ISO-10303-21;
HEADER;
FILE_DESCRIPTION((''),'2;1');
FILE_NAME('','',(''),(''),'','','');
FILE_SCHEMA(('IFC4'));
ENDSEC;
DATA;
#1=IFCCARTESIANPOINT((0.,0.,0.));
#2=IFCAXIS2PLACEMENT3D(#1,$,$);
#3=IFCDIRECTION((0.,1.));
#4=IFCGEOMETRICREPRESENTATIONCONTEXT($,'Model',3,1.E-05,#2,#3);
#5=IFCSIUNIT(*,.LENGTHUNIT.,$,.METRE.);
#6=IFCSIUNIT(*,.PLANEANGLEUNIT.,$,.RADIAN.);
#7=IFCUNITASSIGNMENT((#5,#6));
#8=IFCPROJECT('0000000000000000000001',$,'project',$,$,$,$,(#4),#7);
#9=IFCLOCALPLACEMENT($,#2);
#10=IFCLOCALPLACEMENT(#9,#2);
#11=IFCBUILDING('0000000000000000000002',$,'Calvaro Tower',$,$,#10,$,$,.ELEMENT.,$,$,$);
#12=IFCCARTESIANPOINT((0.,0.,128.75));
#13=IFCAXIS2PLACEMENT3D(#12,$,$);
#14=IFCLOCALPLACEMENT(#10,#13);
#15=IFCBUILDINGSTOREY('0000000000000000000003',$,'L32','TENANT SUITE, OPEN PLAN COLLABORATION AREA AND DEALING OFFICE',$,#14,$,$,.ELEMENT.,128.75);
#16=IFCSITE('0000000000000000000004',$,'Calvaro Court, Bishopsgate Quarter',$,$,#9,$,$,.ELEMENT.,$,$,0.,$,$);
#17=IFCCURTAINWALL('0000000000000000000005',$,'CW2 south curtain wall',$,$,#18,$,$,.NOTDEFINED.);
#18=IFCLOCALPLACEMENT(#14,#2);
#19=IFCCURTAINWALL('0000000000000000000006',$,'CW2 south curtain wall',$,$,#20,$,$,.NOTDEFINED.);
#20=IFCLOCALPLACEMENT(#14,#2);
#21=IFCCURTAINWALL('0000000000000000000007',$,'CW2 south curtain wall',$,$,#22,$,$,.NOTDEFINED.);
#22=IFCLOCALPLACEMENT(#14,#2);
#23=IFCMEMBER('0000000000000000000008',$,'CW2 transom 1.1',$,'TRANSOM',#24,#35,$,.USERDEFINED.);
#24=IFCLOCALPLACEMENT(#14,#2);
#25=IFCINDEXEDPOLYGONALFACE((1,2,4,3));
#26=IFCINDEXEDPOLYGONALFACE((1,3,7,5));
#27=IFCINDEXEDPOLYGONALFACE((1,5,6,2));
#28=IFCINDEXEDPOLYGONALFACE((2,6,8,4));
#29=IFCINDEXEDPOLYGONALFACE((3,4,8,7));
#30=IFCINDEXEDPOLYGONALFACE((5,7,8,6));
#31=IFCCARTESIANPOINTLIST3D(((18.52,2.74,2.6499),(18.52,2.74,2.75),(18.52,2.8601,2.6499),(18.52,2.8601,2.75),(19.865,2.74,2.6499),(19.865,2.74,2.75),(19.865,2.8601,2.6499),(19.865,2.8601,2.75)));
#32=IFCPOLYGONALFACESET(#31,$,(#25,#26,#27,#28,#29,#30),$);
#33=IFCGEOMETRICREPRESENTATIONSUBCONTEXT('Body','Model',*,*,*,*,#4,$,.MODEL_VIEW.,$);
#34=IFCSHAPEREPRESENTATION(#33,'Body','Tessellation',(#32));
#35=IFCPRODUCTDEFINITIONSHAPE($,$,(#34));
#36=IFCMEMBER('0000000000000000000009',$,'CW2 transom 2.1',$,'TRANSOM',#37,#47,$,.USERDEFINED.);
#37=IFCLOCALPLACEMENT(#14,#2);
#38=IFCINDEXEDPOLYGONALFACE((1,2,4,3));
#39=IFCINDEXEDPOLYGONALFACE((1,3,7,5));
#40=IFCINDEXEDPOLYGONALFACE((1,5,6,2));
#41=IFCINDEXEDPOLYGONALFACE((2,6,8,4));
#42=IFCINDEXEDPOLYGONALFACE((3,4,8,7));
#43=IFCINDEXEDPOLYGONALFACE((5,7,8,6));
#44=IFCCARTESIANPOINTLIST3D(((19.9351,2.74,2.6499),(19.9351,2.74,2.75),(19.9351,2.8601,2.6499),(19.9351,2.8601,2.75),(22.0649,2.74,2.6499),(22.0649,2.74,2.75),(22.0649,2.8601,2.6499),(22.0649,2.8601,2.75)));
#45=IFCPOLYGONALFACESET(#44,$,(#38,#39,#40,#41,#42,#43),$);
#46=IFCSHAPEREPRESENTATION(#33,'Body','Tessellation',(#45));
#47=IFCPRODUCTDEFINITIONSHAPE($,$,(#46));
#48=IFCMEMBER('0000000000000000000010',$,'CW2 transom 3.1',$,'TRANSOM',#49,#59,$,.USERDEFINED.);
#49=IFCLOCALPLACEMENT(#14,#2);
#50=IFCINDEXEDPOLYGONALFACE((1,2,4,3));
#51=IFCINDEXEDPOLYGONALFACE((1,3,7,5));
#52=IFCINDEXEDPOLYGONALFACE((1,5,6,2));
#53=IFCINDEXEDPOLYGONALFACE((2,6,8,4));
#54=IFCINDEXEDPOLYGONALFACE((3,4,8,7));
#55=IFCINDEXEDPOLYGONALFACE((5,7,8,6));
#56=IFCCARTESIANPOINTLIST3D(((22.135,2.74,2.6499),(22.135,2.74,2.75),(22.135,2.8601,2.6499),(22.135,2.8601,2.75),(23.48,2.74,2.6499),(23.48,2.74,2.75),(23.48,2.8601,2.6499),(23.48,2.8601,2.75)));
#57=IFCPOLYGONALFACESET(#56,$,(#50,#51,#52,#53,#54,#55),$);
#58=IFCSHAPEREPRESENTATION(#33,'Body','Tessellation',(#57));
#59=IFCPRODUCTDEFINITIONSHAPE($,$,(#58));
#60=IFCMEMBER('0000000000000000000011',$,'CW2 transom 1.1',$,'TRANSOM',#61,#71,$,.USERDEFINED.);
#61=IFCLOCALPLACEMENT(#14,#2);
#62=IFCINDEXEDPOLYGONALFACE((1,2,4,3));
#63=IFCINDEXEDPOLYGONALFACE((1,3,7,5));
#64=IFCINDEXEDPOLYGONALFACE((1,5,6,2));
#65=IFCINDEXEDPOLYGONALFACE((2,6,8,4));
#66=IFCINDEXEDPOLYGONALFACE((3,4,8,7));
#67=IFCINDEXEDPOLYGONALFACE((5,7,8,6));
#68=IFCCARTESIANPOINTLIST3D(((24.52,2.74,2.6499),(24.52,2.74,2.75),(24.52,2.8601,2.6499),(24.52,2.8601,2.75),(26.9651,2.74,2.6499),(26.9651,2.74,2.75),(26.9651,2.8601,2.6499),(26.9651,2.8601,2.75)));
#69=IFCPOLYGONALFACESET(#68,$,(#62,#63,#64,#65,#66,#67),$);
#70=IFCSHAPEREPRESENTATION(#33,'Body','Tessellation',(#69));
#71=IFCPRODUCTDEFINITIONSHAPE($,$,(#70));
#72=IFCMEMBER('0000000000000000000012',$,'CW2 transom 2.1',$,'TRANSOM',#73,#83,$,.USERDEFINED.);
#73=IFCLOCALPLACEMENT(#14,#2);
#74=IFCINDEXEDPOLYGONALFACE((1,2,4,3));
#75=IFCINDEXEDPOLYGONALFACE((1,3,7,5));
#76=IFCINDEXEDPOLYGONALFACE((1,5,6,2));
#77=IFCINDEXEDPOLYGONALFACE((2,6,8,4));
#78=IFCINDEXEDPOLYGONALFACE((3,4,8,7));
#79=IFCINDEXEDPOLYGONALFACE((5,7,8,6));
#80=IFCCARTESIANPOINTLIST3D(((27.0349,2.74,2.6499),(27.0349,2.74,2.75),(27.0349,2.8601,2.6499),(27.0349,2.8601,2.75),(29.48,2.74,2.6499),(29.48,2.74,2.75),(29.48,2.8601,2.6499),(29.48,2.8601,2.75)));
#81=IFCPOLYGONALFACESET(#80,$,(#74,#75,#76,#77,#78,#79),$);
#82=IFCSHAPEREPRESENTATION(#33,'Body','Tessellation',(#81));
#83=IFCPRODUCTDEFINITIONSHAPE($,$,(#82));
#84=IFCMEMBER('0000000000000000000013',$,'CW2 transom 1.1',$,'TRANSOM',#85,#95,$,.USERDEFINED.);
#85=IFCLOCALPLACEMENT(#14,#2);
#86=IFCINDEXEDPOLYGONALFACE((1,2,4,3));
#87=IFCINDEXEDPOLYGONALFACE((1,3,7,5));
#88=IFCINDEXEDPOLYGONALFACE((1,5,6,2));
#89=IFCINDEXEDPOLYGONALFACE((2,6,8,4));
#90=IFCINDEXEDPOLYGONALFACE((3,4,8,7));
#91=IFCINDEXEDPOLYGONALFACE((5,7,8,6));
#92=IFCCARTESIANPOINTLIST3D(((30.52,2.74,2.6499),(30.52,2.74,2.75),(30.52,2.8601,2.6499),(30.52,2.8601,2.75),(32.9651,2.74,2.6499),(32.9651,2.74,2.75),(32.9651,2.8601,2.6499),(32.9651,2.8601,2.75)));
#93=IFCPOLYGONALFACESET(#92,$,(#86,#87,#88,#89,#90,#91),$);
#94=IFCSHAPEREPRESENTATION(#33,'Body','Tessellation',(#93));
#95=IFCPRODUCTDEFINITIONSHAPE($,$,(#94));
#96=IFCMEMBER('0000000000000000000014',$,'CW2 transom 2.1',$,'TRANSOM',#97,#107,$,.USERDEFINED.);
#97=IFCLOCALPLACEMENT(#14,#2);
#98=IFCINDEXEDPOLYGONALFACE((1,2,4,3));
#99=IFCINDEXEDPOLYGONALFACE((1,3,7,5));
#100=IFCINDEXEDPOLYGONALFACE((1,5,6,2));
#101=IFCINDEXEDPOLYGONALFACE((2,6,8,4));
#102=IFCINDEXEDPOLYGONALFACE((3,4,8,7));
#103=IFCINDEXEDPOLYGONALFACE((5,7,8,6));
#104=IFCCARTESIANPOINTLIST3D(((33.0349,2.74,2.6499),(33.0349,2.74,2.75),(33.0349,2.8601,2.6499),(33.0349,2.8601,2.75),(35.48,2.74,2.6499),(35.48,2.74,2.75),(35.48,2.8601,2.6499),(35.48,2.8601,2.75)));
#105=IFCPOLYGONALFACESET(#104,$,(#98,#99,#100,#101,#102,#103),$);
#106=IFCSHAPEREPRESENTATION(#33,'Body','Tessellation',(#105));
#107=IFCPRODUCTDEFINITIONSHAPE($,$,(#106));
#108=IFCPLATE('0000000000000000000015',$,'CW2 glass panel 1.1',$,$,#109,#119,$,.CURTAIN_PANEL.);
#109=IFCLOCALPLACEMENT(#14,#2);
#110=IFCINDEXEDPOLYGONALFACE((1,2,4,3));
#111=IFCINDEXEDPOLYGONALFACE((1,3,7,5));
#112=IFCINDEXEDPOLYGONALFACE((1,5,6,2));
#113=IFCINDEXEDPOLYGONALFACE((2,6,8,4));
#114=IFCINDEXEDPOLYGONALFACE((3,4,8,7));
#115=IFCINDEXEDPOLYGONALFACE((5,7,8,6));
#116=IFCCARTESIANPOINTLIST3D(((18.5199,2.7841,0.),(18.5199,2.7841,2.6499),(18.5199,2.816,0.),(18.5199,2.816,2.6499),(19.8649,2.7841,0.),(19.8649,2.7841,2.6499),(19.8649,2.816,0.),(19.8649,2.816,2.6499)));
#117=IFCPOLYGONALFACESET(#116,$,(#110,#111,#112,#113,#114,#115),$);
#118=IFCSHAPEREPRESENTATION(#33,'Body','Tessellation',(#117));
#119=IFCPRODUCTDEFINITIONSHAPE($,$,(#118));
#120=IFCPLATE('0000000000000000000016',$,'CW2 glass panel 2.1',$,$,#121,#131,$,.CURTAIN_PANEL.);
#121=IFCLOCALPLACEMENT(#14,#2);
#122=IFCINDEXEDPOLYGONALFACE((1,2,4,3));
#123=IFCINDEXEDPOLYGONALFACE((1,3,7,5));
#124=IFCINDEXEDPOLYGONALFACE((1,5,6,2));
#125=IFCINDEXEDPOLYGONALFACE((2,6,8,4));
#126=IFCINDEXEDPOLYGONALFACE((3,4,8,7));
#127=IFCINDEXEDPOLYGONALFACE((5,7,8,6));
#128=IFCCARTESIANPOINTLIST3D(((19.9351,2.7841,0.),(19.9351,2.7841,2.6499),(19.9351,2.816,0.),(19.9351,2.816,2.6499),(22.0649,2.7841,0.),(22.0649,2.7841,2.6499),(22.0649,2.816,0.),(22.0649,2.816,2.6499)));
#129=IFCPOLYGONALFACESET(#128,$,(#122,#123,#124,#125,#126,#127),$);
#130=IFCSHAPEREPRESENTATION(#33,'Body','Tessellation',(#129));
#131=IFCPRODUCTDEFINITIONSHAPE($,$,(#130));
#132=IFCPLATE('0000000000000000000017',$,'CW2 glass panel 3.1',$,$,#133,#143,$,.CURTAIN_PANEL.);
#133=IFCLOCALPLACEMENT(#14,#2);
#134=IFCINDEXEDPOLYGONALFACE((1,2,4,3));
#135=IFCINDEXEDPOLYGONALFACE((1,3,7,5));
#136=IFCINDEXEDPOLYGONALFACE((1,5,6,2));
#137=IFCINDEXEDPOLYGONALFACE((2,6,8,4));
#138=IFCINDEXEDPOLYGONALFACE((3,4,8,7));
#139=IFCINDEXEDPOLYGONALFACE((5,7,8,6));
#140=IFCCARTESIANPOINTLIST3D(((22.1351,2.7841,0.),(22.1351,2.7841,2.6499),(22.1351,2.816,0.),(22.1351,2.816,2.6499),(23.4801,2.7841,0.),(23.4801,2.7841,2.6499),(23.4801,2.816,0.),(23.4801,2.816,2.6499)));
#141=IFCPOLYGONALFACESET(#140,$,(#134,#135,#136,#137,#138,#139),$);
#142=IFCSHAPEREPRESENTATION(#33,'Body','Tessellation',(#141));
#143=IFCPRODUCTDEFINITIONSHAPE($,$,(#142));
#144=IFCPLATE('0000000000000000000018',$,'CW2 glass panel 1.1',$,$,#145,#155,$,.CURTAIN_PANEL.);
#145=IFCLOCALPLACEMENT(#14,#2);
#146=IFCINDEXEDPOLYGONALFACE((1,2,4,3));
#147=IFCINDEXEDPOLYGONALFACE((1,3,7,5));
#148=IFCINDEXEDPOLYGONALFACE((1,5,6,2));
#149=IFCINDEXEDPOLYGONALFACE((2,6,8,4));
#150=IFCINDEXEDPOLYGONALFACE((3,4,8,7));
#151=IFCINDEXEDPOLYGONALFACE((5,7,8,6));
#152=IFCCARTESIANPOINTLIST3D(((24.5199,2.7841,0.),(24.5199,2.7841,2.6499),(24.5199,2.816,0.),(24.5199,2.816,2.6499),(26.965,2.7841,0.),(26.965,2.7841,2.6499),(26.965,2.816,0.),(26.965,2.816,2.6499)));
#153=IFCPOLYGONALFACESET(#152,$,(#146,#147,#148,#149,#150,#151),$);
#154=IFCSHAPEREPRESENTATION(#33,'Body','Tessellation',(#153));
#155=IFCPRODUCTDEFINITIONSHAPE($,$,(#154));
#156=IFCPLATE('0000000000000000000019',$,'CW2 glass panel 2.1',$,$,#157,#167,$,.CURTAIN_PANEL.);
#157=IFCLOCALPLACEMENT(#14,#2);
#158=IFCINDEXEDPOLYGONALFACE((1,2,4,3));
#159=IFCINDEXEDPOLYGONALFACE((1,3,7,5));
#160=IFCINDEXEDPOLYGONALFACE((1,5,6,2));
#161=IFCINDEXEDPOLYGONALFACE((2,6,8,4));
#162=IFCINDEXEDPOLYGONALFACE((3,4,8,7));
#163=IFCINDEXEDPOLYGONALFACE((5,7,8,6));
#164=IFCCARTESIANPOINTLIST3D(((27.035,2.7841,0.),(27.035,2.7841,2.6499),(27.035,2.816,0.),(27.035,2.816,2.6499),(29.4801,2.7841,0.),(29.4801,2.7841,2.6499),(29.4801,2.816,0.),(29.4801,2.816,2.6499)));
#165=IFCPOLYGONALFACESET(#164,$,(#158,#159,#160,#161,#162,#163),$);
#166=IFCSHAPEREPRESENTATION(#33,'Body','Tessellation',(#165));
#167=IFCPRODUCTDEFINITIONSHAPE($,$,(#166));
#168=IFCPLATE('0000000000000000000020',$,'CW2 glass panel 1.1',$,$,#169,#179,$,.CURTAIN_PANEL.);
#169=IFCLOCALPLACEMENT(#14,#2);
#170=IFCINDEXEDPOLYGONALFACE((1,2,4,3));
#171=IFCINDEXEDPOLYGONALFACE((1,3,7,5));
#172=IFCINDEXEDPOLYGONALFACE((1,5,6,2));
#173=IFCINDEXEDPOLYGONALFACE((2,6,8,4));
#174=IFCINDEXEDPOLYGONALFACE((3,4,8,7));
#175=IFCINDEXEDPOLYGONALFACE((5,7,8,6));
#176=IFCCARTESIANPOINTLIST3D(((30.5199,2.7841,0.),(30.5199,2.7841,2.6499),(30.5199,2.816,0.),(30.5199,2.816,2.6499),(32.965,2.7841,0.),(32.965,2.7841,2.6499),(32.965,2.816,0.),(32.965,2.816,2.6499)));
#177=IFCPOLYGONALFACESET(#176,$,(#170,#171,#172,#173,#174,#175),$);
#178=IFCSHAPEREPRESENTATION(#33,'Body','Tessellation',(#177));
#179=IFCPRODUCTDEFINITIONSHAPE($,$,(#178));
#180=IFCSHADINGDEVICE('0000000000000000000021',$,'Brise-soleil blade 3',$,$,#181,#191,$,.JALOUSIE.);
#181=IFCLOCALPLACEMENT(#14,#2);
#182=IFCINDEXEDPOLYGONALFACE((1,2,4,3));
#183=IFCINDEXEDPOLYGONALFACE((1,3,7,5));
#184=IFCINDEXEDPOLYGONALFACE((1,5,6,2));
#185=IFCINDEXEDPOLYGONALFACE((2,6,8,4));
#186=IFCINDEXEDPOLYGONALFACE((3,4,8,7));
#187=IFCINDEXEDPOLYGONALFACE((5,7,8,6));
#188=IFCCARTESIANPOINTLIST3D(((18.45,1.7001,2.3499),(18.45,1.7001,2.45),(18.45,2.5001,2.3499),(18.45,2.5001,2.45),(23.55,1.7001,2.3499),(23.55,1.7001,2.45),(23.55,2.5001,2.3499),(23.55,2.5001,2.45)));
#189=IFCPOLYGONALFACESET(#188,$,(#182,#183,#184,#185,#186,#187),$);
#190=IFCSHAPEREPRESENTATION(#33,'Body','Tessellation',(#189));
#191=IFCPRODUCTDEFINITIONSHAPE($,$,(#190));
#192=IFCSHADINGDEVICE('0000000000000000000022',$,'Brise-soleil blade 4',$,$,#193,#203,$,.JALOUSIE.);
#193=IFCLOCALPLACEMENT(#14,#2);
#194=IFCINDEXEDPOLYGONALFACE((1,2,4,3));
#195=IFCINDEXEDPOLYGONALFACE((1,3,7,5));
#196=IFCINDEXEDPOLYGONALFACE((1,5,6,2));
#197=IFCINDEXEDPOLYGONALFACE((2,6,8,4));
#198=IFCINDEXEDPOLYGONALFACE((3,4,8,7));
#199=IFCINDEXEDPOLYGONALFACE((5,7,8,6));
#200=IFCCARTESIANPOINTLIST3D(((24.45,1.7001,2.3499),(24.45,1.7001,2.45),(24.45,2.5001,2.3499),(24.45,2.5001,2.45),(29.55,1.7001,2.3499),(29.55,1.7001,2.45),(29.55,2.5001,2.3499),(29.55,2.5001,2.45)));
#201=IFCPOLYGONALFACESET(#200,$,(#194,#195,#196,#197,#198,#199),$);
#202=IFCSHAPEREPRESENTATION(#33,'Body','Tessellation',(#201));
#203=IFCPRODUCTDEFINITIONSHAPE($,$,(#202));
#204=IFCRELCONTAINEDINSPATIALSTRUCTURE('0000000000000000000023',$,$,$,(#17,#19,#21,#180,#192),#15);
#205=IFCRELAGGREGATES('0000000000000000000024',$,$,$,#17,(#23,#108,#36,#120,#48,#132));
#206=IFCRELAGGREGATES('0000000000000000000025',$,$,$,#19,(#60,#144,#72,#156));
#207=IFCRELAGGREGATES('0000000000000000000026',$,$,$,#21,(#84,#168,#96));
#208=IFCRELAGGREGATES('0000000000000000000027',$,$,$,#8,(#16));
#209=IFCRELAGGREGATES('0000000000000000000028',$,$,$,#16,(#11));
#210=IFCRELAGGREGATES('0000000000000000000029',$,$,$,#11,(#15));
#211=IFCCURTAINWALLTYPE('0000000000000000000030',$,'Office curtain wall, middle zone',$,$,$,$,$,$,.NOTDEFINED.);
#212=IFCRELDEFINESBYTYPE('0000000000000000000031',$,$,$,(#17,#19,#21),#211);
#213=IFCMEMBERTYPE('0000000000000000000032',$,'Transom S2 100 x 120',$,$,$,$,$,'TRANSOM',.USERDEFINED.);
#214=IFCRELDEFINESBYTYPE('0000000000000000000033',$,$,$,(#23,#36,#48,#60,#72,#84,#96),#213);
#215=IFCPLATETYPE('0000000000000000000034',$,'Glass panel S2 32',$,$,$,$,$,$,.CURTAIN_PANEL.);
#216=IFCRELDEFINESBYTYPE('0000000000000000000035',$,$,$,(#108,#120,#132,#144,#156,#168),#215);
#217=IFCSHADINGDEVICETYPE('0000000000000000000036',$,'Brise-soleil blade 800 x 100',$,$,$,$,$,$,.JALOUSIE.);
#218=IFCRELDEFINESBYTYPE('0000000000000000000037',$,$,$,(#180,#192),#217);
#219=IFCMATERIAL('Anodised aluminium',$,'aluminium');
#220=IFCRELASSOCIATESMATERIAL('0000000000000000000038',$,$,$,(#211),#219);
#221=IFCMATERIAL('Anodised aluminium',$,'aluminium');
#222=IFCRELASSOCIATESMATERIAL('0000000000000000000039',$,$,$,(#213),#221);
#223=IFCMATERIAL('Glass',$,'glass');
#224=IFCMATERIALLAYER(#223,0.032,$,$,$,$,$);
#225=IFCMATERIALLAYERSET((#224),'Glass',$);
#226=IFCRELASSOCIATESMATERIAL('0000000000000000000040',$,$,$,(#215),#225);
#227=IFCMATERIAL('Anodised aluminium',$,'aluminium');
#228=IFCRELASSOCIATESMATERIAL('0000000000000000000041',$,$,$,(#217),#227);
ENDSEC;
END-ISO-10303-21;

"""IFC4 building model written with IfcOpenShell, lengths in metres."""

from ifc_helpers import new_model, si_unit, direction, frame, origin, origin_2d, place, context, subcontext, project, spatial, rectangle, extrude, material, layer, layer_set, material_profile, profile_set, type_object, element, aggregate, save


model = new_model("IFC4")

# Units and contexts
model_context = context("Model", 3, precision=1e-05, world=origin(), true_north=direction((0.0, 1.0)))
body_context = subcontext(model_context, "Body", "Model", "MODEL_VIEW")
ifc_project = project(units=[si_unit("LENGTHUNIT", "METRE"), si_unit("PLANEANGLEUNIT", "RADIAN")], contexts=[model_context])

# Site, building, storey
site_placement = place(None, origin())
site = spatial("IfcSite", under=ifc_project, at=site_placement, Name="Calvaro Court, Bishopsgate Quarter", CompositionType="ELEMENT", RefElevation=0.0)
building_placement = place(site_placement, origin())
building = spatial("IfcBuilding", under=site, at=building_placement, Name="Calvaro Tower", CompositionType="ELEMENT")
storey_placement = place(building_placement, frame((0.0, 0.0, 128.75)))
storey = spatial("IfcBuildingStorey", under=building, at=storey_placement, Name="L32", Description="TENANT SUITE, OPEN PLAN COLLABORATION AREA AND DEALING OFFICE", CompositionType="ELEMENT", Elevation=128.75)

# Shared definitions
ifc_material_1 = material(Name="Anodised aluminium", Category="aluminium")
curtain_wall_type = type_object("IfcCurtainWallType", Name="Office curtain wall, middle zone", PredefinedType="NOTDEFINED", material=ifc_material_1)

# Curtain walls
curtain_wall_1_placement = place(storey_placement, origin())
curtain_wall_1 = element("IfcCurtainWall", 1, at=curtain_wall_1_placement, inside=storey, type_object=curtain_wall_type, Name="CW2 south curtain wall", PredefinedType="NOTDEFINED")
curtain_wall_2_placement = place(storey_placement, origin())
curtain_wall_2 = element("IfcCurtainWall", 2, at=curtain_wall_2_placement, inside=storey, type_object=curtain_wall_type, Name="CW2 south curtain wall", PredefinedType="NOTDEFINED")
curtain_wall_3_placement = place(storey_placement, origin())
curtain_wall_3 = element("IfcCurtainWall", 3, at=curtain_wall_3_placement, inside=storey, type_object=curtain_wall_type, Name="CW2 south curtain wall", PredefinedType="NOTDEFINED")

# Members
ifc_material_2 = material(Name="Anodised aluminium", Category="aluminium")
ifc_material_profile_1 = material_profile(ifc_material_2, rectangle(XDim=0.1201, YDim=0.1001, at=origin_2d()), Name="Transom S2 100 x 120")
ifc_profile_set_1 = profile_set([ifc_material_profile_1], Name="Anodised aluminium")
member_type_1 = type_object("IfcMemberType", Name="Transom S2 100 x 120", ElementType="TRANSOM", PredefinedType="USERDEFINED", material=ifc_profile_set_1)
member_1_placement = place(storey_placement, frame((18.52, 2.8, 2.7), z_axis=(1.0, 0.0, 0.0), x_axis=(0.0, 1.0, 0.0)))
member_1 = element("IfcMember", 4, at=member_1_placement, type_object=member_type_1, Name="CW2 transom 1.1", ObjectType="TRANSOM", PredefinedType="USERDEFINED", context=body_context, shape_type="SweptSolid", body=[
    extrude(rectangle(XDim=0.1201, YDim=0.1001, at=origin_2d()), origin(), (0.0, 0.0, 1.0), 1.345),
])
member_2_placement = place(storey_placement, frame((19.9351, 2.8, 2.7), z_axis=(1.0, 0.0, 0.0), x_axis=(0.0, 1.0, 0.0)))
member_2 = element("IfcMember", 5, at=member_2_placement, type_object=member_type_1, Name="CW2 transom 2.1", ObjectType="TRANSOM", PredefinedType="USERDEFINED", context=body_context, shape_type="SweptSolid", body=[
    extrude(rectangle(XDim=0.1201, YDim=0.1001, at=origin_2d()), origin(), (0.0, 0.0, 1.0), 2.1299),
])
member_3_placement = place(storey_placement, frame((22.135, 2.8, 2.7), z_axis=(1.0, 0.0, 0.0), x_axis=(0.0, 1.0, 0.0)))
member_3 = element("IfcMember", 6, at=member_3_placement, type_object=member_type_1, Name="CW2 transom 3.1", ObjectType="TRANSOM", PredefinedType="USERDEFINED", context=body_context, shape_type="SweptSolid", body=[
    extrude(rectangle(XDim=0.1201, YDim=0.1001, at=origin_2d()), origin(), (0.0, 0.0, 1.0), 1.345),
])
member_4_placement = place(storey_placement, frame((24.52, 2.8, 2.7), z_axis=(1.0, 0.0, 0.0), x_axis=(0.0, 1.0, 0.0)))
member_4 = element("IfcMember", 7, at=member_4_placement, type_object=member_type_1, Name="CW2 transom 1.1", ObjectType="TRANSOM", PredefinedType="USERDEFINED", context=body_context, shape_type="SweptSolid", body=[
    extrude(rectangle(XDim=0.1201, YDim=0.1001, at=origin_2d()), origin(), (0.0, 0.0, 1.0), 2.4451),
])
member_5_placement = place(storey_placement, frame((27.0349, 2.8, 2.7), z_axis=(1.0, 0.0, 0.0), x_axis=(0.0, 1.0, 0.0)))
member_5 = element("IfcMember", 8, at=member_5_placement, type_object=member_type_1, Name="CW2 transom 2.1", ObjectType="TRANSOM", PredefinedType="USERDEFINED", context=body_context, shape_type="SweptSolid", body=[
    extrude(rectangle(XDim=0.1201, YDim=0.1001, at=origin_2d()), origin(), (0.0, 0.0, 1.0), 2.4451),
])
member_6_placement = place(storey_placement, frame((30.52, 2.8, 2.7), z_axis=(1.0, 0.0, 0.0), x_axis=(0.0, 1.0, 0.0)))
member_6 = element("IfcMember", 9, at=member_6_placement, type_object=member_type_1, Name="CW2 transom 1.1", ObjectType="TRANSOM", PredefinedType="USERDEFINED", context=body_context, shape_type="SweptSolid", body=[
    extrude(rectangle(XDim=0.1201, YDim=0.1001, at=origin_2d()), origin(), (0.0, 0.0, 1.0), 2.4451),
])
member_7_placement = place(storey_placement, frame((33.0349, 2.8, 2.7), z_axis=(1.0, 0.0, 0.0), x_axis=(0.0, 1.0, 0.0)))
member_7 = element("IfcMember", 10, at=member_7_placement, type_object=member_type_1, Name="CW2 transom 2.1", ObjectType="TRANSOM", PredefinedType="USERDEFINED", context=body_context, shape_type="SweptSolid", body=[
    extrude(rectangle(XDim=0.1201, YDim=0.1001, at=origin_2d()), origin(), (0.0, 0.0, 1.0), 2.4451),
])

# Plates
ifc_material_3 = material(Name="Glass", Category="glass")
ifc_layer = layer(ifc_material_3, 0.032)
ifc_layer_set = layer_set([ifc_layer], Name="Glass")
plate_type = type_object("IfcPlateType", Name="Glass panel S2 32", PredefinedType="CURTAIN_PANEL", material=ifc_layer_set)
plate_1_placement = place(storey_placement, frame((19.1924, 2.8, 0.0), z_axis=(0.0, 0.0, 1.0), x_axis=(1.0, 0.0, 0.0)))
plate_1 = element("IfcPlate", 11, at=plate_1_placement, type_object=plate_type, Name="CW2 glass panel 1.1", PredefinedType="CURTAIN_PANEL", context=body_context, shape_type="SweptSolid", body=[
    extrude(rectangle(XDim=1.345, YDim=0.032, at=origin_2d()), origin(), (0.0, 0.0, 1.0), 2.6499),
])
plate_2_placement = place(storey_placement, frame((21.0, 2.8, 0.0), z_axis=(0.0, 0.0, 1.0), x_axis=(1.0, 0.0, 0.0)))
plate_2 = element("IfcPlate", 12, at=plate_2_placement, type_object=plate_type, Name="CW2 glass panel 2.1", PredefinedType="CURTAIN_PANEL", context=body_context, shape_type="SweptSolid", body=[
    extrude(rectangle(XDim=2.1299, YDim=0.032, at=origin_2d()), origin(), (0.0, 0.0, 1.0), 2.6499),
])
plate_3_placement = place(storey_placement, frame((22.8076, 2.8, 0.0), z_axis=(0.0, 0.0, 1.0), x_axis=(1.0, 0.0, 0.0)))
plate_3 = element("IfcPlate", 13, at=plate_3_placement, type_object=plate_type, Name="CW2 glass panel 3.1", PredefinedType="CURTAIN_PANEL", context=body_context, shape_type="SweptSolid", body=[
    extrude(rectangle(XDim=1.345, YDim=0.032, at=origin_2d()), origin(), (0.0, 0.0, 1.0), 2.6499),
])
aggregate(curtain_wall_1, [member_1, plate_1, member_2, plate_2, member_3, plate_3])
plate_4_placement = place(storey_placement, frame((25.7424, 2.8, 0.0), z_axis=(0.0, 0.0, 1.0), x_axis=(1.0, 0.0, 0.0)))
plate_4 = element("IfcPlate", 14, at=plate_4_placement, type_object=plate_type, Name="CW2 glass panel 1.1", PredefinedType="CURTAIN_PANEL", context=body_context, shape_type="SweptSolid", body=[
    extrude(rectangle(XDim=2.4451, YDim=0.032, at=origin_2d()), origin(), (0.0, 0.0, 1.0), 2.6499),
])
plate_5_placement = place(storey_placement, frame((28.2576, 2.8, 0.0), z_axis=(0.0, 0.0, 1.0), x_axis=(1.0, 0.0, 0.0)))
plate_5 = element("IfcPlate", 15, at=plate_5_placement, type_object=plate_type, Name="CW2 glass panel 2.1", PredefinedType="CURTAIN_PANEL", context=body_context, shape_type="SweptSolid", body=[
    extrude(rectangle(XDim=2.4451, YDim=0.032, at=origin_2d()), origin(), (0.0, 0.0, 1.0), 2.6499),
])
aggregate(curtain_wall_2, [member_4, plate_4, member_5, plate_5])
plate_6_placement = place(storey_placement, frame((31.7424, 2.8, 0.0), z_axis=(0.0, 0.0, 1.0), x_axis=(1.0, 0.0, 0.0)))
plate_6 = element("IfcPlate", 16, at=plate_6_placement, type_object=plate_type, Name="CW2 glass panel 1.1", PredefinedType="CURTAIN_PANEL", context=body_context, shape_type="SweptSolid", body=[
    extrude(rectangle(XDim=2.4451, YDim=0.032, at=origin_2d()), origin(), (0.0, 0.0, 1.0), 2.6499),
])
aggregate(curtain_wall_3, [member_6, plate_6, member_7])

# Shading devices
ifc_material_4 = material(Name="Anodised aluminium", Category="aluminium")
ifc_material_profile_2 = material_profile(ifc_material_4, rectangle(XDim=0.8, YDim=0.1001, at=origin_2d()), Name="Brise-soleil blade 800 x 100")
ifc_profile_set_2 = profile_set([ifc_material_profile_2], Name="Anodised aluminium")
shading_device_type = type_object("IfcShadingDeviceType", Name="Brise-soleil blade 800 x 100", PredefinedType="JALOUSIE", material=ifc_profile_set_2)
for number, where, z_axis, x_axis, name in (
    (17, (18.45, 2.1001, 2.3999), (1.0, 0.0, 0.0), (0.0, 1.0, 0.0), "Brise-soleil blade 3"),
    (18, (24.45, 2.1001, 2.3999), (1.0, 0.0, 0.0), (0.0, 1.0, 0.0), "Brise-soleil blade 4"),
):
    element("IfcShadingDevice", number, at=place(storey_placement, frame(where, z_axis=z_axis, x_axis=x_axis)), inside=storey, type_object=shading_device_type, Name=name, PredefinedType="JALOUSIE", context=body_context, shape_type="SweptSolid", body=[
        extrude(rectangle(XDim=0.8, YDim=0.1001, at=origin_2d()), origin(), (0.0, 0.0, 1.0), 5.1001),
    ])

save(model, "model.ifc")
